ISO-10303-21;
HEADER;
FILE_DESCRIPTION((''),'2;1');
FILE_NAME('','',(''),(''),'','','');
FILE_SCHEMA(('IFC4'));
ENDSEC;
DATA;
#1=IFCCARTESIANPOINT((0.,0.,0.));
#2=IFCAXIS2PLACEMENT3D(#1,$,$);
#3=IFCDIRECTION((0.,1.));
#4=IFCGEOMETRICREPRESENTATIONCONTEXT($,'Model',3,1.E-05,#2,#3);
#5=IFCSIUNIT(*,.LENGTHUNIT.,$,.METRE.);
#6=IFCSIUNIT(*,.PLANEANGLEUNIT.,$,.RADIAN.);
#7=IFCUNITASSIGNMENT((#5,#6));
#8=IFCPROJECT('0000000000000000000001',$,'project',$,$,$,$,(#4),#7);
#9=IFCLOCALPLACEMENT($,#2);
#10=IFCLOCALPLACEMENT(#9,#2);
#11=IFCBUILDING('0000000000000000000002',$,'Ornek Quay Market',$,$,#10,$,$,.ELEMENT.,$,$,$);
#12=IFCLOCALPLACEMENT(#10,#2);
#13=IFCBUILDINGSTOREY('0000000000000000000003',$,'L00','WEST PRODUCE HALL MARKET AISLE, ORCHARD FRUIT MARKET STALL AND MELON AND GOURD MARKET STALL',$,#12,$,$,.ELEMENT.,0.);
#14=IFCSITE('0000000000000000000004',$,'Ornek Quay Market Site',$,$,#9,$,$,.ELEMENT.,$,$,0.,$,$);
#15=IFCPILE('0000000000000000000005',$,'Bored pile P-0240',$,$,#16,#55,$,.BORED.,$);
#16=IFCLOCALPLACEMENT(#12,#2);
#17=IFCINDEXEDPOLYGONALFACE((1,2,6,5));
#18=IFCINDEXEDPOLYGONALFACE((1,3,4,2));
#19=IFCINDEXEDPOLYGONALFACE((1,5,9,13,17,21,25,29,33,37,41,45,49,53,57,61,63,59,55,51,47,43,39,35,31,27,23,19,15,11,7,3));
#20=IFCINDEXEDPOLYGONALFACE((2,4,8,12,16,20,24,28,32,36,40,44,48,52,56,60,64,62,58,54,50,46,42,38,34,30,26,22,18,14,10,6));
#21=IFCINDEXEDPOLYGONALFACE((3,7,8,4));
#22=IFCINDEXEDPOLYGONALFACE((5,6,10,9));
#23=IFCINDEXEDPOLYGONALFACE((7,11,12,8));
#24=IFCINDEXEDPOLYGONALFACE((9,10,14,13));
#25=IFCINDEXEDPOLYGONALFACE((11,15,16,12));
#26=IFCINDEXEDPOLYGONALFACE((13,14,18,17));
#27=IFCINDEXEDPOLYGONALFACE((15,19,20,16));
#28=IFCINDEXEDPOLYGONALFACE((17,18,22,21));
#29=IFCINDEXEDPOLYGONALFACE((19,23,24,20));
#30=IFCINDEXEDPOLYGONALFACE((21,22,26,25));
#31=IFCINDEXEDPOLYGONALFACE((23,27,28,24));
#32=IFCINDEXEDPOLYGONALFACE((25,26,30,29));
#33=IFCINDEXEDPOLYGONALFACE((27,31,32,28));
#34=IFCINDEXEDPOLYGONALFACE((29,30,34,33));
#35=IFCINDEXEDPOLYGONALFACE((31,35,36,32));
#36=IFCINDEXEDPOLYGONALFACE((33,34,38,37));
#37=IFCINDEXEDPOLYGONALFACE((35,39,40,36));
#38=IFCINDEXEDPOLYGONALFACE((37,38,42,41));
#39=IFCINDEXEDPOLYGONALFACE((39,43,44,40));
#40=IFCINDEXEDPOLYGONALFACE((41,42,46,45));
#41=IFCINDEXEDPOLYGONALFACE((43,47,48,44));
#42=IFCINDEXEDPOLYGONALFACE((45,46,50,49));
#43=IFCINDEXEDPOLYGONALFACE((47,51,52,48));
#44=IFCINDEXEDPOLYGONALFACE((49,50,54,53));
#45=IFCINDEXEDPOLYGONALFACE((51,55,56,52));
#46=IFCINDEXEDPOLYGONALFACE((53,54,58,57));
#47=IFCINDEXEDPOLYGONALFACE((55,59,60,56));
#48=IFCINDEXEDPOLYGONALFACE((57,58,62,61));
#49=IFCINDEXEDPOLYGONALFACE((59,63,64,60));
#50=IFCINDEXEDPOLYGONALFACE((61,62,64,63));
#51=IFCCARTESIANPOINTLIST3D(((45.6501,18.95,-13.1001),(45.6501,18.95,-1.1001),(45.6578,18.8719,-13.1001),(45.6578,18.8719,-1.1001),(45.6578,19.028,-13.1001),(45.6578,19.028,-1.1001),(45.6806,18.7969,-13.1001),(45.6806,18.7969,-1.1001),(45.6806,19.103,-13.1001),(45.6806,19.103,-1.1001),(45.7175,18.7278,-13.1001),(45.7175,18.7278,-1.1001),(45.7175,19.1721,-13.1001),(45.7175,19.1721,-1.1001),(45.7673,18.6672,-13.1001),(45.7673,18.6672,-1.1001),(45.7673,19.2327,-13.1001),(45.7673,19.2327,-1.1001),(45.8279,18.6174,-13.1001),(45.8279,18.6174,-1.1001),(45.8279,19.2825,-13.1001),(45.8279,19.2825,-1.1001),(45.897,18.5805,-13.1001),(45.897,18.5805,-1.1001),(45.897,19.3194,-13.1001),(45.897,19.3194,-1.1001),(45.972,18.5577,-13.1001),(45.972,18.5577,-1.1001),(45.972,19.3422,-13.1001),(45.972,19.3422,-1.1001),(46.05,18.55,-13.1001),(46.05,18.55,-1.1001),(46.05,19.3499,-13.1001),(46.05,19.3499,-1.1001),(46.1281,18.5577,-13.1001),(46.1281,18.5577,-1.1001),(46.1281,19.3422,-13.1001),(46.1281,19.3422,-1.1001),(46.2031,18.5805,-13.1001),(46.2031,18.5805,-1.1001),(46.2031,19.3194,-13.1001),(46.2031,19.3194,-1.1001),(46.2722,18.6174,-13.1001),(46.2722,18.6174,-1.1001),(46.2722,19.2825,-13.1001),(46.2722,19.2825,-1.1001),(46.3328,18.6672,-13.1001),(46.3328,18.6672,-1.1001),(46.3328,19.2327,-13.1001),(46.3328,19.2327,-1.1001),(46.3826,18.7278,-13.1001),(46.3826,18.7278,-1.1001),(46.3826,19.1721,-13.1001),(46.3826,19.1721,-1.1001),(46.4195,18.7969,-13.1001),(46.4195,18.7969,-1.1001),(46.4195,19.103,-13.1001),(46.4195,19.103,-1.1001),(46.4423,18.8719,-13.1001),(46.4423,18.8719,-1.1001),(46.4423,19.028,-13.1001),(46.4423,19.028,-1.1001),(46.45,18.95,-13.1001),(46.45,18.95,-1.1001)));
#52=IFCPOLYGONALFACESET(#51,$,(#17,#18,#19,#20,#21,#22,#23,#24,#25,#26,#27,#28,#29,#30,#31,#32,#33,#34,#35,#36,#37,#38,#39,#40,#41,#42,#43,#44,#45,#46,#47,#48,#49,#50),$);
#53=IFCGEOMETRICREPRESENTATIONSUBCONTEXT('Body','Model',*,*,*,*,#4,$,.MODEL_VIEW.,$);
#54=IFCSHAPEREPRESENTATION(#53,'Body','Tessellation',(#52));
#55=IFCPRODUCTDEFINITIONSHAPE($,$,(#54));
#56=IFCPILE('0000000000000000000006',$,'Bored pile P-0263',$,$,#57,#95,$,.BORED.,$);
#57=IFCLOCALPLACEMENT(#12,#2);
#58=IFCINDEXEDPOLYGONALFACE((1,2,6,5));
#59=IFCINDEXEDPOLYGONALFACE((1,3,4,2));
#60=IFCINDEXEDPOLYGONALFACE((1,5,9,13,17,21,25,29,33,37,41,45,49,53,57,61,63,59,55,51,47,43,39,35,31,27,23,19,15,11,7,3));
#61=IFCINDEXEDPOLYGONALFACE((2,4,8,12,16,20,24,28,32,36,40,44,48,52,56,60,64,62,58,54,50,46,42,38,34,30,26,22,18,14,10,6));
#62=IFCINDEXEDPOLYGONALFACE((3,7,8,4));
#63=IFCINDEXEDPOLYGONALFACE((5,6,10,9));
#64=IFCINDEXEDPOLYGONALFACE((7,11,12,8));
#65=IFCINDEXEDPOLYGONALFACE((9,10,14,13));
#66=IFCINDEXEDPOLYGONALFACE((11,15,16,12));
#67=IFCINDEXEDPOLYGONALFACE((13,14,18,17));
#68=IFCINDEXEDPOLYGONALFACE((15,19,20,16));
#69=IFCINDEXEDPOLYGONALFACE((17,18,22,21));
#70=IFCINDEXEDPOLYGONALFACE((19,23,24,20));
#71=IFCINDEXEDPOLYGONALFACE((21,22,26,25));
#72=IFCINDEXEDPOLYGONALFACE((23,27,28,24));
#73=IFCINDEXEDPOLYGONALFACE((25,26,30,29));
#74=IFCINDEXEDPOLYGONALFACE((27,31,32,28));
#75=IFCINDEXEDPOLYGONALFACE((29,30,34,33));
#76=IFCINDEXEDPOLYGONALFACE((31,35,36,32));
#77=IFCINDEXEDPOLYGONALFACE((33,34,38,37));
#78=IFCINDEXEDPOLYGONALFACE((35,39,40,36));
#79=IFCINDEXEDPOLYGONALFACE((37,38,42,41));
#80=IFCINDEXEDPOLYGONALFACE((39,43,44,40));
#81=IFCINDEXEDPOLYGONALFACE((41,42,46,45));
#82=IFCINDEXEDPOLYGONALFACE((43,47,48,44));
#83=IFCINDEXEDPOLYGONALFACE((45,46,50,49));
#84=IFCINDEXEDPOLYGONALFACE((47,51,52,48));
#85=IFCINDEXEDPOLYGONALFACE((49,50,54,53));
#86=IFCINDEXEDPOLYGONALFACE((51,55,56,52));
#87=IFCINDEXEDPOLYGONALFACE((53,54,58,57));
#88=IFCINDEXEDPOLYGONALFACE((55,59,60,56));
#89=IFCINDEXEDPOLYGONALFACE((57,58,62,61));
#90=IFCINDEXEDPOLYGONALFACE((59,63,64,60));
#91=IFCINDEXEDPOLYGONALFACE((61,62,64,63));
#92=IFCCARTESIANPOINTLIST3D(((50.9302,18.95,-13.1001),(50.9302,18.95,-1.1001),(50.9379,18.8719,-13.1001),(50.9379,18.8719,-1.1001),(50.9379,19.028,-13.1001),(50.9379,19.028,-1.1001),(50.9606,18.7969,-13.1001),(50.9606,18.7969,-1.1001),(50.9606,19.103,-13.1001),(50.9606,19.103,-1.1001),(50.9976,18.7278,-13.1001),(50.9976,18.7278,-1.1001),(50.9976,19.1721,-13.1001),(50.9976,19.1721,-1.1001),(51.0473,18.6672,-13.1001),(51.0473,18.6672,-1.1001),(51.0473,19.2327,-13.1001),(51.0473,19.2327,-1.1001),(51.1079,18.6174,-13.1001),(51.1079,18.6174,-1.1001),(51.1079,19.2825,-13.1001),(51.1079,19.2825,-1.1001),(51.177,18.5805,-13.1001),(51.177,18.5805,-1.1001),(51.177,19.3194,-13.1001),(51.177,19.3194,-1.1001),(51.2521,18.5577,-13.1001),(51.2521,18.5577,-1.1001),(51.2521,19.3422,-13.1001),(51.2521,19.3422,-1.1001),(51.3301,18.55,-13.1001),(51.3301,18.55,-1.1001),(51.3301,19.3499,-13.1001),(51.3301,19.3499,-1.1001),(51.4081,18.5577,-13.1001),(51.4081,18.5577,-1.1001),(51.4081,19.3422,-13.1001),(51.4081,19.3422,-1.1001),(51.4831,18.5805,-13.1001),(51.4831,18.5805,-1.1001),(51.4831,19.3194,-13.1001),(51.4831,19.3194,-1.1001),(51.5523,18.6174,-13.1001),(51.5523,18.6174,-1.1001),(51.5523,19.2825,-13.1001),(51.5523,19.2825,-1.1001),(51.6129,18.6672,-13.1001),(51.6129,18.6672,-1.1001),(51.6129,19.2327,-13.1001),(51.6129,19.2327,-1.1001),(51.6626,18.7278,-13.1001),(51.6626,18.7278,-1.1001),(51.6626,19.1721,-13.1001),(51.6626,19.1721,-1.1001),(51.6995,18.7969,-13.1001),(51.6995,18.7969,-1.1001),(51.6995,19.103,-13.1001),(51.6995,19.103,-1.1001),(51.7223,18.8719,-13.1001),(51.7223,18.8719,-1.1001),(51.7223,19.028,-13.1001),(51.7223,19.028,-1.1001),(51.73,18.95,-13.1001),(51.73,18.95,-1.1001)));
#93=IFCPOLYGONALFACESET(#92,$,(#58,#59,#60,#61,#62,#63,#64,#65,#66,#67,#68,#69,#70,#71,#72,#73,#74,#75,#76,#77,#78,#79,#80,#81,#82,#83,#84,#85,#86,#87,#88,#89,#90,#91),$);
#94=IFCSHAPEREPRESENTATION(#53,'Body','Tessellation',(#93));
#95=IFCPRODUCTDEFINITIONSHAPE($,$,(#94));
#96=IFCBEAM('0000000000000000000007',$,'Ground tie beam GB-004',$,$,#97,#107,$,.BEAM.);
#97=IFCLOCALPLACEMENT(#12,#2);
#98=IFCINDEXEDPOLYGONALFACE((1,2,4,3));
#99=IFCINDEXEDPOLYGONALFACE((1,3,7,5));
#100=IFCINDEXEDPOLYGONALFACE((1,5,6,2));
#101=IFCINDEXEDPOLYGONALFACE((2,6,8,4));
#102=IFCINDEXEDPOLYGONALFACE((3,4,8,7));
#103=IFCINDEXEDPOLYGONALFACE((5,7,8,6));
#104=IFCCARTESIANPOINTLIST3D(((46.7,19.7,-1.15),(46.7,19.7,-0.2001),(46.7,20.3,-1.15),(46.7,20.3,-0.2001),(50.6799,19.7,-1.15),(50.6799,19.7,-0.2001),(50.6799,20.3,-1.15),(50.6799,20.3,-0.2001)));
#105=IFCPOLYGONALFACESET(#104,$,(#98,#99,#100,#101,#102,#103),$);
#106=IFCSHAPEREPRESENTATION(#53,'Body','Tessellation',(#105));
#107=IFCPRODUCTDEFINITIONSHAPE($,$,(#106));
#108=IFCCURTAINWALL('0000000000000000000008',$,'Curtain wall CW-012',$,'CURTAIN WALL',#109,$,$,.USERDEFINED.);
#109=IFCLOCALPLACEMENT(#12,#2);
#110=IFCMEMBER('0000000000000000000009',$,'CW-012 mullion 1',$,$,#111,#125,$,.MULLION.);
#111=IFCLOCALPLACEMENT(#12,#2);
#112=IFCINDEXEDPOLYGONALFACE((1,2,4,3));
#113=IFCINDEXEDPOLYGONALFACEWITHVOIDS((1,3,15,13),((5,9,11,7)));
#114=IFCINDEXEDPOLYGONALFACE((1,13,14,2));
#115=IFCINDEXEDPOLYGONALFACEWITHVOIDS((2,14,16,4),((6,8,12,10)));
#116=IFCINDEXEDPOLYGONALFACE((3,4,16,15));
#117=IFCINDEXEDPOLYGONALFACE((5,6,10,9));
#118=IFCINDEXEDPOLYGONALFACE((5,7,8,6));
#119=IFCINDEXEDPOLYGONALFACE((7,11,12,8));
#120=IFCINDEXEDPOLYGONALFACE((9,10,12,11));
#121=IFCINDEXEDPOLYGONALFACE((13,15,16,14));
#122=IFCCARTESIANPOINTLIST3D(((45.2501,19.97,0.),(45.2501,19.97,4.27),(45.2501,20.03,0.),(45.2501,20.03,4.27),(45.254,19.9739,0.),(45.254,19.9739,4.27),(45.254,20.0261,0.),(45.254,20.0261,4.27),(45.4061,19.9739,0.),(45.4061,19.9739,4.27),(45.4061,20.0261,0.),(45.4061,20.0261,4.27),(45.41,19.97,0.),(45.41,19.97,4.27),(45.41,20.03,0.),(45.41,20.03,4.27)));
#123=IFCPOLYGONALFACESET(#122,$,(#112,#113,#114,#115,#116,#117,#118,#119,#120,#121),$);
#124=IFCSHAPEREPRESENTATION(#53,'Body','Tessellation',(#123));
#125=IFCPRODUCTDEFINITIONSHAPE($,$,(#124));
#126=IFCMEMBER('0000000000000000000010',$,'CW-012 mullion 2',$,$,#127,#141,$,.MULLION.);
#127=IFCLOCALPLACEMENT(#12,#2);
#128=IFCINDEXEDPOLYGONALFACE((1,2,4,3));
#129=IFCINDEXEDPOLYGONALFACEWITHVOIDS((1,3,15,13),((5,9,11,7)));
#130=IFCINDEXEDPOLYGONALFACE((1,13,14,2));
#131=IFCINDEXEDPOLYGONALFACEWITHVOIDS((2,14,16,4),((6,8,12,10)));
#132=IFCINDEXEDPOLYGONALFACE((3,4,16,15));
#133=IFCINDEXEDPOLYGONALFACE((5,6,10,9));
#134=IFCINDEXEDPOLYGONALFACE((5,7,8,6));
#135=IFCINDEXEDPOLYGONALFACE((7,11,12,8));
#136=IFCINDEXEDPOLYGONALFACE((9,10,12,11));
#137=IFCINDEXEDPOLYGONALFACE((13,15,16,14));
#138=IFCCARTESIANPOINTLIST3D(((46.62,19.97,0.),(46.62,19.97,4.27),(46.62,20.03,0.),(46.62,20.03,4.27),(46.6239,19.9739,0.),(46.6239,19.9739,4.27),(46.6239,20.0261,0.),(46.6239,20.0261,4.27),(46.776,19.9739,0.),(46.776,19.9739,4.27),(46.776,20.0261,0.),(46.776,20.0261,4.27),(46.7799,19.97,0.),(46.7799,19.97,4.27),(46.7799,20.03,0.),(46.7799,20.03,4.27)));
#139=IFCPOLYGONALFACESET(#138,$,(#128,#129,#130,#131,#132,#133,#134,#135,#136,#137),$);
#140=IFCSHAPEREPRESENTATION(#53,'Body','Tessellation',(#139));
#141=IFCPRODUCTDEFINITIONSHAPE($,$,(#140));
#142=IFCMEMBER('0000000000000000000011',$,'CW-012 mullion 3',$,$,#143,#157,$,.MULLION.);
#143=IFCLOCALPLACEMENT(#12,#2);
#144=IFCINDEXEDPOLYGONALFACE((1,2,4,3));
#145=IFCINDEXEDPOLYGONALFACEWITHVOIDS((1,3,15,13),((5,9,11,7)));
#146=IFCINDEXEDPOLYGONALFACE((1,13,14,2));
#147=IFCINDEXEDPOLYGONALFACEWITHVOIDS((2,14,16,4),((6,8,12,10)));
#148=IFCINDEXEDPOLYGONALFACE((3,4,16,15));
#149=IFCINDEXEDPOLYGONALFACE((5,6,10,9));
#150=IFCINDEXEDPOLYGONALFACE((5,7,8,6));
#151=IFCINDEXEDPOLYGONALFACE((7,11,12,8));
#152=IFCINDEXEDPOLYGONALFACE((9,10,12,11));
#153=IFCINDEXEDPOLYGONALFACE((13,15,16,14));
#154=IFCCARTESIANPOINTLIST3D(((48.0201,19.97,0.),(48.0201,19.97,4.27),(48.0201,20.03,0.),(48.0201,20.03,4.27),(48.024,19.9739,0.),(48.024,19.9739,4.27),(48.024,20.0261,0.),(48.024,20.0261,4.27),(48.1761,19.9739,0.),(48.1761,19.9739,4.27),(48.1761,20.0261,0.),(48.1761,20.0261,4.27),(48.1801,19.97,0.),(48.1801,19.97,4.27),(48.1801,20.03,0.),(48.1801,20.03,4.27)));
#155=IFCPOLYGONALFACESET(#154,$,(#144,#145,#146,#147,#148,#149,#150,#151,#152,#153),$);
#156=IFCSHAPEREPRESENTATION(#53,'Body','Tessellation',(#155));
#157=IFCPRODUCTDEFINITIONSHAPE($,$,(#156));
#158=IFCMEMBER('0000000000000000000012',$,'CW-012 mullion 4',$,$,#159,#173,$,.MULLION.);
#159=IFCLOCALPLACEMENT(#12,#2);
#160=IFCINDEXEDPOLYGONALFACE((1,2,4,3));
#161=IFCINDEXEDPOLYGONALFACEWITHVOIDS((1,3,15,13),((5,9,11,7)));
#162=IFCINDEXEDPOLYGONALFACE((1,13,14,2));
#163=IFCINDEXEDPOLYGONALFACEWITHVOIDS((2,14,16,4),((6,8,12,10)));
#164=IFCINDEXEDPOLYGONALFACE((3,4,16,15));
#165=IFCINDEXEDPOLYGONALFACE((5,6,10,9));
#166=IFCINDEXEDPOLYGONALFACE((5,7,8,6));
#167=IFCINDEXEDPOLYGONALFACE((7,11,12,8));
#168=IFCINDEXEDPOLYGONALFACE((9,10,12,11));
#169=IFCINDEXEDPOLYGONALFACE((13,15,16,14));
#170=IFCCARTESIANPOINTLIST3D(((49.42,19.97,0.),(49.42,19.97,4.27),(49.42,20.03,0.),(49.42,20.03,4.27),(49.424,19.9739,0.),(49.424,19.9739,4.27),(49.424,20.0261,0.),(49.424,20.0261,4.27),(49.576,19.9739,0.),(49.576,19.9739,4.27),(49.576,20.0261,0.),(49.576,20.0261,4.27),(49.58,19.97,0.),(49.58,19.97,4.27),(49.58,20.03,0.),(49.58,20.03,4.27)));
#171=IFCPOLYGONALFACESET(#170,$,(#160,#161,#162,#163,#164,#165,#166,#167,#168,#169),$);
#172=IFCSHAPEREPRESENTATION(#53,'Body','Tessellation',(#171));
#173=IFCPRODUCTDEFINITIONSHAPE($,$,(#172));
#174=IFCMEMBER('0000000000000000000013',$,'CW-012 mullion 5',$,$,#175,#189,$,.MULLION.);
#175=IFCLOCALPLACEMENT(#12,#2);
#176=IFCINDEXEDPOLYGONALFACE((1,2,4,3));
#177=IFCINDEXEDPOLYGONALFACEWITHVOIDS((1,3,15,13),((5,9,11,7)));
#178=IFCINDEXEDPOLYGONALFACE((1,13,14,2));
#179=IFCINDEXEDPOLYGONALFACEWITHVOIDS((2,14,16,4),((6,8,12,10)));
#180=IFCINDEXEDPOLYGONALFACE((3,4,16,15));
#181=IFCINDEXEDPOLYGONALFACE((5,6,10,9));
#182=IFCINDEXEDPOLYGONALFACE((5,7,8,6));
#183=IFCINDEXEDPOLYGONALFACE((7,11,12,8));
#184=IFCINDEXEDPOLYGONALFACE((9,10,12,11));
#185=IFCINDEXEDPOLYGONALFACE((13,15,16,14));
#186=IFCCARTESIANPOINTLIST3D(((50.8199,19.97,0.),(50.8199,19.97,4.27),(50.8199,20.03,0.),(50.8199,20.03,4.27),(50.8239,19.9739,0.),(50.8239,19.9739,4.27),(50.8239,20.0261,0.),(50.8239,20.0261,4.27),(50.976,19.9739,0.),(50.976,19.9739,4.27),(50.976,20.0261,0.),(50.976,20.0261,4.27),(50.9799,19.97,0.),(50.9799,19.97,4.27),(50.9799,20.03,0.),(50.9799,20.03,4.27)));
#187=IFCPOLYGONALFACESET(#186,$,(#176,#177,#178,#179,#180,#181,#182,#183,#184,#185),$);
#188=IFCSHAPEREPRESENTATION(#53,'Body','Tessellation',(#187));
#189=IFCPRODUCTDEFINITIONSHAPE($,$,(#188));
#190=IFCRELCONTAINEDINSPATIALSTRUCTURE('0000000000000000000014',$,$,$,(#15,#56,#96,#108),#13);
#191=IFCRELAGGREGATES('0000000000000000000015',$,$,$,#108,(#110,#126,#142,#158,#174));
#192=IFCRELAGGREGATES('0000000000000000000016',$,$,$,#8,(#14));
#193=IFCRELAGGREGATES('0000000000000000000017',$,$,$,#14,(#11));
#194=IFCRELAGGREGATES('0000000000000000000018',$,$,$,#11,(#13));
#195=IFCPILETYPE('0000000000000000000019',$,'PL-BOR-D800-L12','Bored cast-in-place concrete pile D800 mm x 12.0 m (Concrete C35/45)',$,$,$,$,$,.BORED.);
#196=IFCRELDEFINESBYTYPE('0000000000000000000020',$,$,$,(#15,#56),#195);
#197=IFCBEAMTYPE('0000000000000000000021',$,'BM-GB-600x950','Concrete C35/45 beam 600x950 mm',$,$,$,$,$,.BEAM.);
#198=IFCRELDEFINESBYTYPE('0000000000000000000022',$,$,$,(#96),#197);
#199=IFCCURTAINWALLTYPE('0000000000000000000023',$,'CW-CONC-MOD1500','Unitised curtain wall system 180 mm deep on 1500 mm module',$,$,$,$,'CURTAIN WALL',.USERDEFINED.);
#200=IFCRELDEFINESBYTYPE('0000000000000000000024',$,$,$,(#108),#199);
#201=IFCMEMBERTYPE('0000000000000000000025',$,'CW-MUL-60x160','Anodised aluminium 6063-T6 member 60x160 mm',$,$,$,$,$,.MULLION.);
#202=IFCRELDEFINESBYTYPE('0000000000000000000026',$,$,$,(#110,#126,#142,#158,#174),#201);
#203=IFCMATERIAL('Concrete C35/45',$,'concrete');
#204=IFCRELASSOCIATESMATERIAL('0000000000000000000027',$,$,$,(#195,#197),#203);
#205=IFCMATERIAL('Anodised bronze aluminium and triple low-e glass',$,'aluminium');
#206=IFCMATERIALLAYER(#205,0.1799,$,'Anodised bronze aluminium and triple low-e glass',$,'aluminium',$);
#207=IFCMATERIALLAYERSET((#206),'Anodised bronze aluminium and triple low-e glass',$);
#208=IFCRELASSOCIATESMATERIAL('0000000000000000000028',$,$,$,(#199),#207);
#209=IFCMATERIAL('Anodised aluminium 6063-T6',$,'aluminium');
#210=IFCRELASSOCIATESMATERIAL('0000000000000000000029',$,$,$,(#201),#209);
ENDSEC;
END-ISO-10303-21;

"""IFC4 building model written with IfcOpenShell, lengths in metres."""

from ifc_helpers import new_model, si_unit, direction, frame, origin, origin_2d, place, context, subcontext, project, spatial, rectangle, hollow_rectangle, circle, extrude, material, layer, layer_set, material_profile, profile_set, type_object, element, aggregate, save


model = new_model("IFC4")

# Units and contexts
model_context = context("Model", 3, precision=1e-05, world=origin(), true_north=direction((0.0, 1.0)))
body_context = subcontext(model_context, "Body", "Model", "MODEL_VIEW")
ifc_project = project(units=[si_unit("LENGTHUNIT", "METRE"), si_unit("PLANEANGLEUNIT", "RADIAN")], contexts=[model_context])

# Site, building, storey
site_placement = place(None, origin())
site = spatial("IfcSite", under=ifc_project, at=site_placement, Name="Ornek Quay Market Site", CompositionType="ELEMENT", RefElevation=0.0)
building_placement = place(site_placement, origin())
building = spatial("IfcBuilding", under=site, at=building_placement, Name="Ornek Quay Market", CompositionType="ELEMENT")
storey_placement = place(building_placement, origin())
storey = spatial("IfcBuildingStorey", under=building, at=storey_placement, Name="L00", Description="WEST PRODUCE HALL MARKET AISLE, ORCHARD FRUIT MARKET STALL AND MELON AND GOURD MARKET STALL", CompositionType="ELEMENT", Elevation=0.0)

# Piles
ifc_material_1 = material(Name="Concrete C35/45", Category="concrete")
ifc_material_profile_1 = material_profile(ifc_material_1, circle(Radius=0.3999, at=origin_2d()), Name="PILE D800", Category="concrete")
ifc_profile_set_1 = profile_set([ifc_material_profile_1], Name="Concrete C35/45")
pile_type = type_object("IfcPileType", Name="PL-BOR-D800-L12", Description="Bored cast-in-place concrete pile D800 mm x 12.0 m (Concrete C35/45)", PredefinedType="BORED", material=ifc_profile_set_1)
for number, where, z_axis, x_axis, name in (
    (1, (46.05, 18.95, -1.1001), (0.0, 0.0, -1.0), (1.0, 0.0, 0.0), "Bored pile P-0240"),
    (2, (51.3301, 18.95, -1.1001), (0.0, 0.0, -1.0), (1.0, 0.0, 0.0), "Bored pile P-0263"),
):
    element("IfcPile", number, at=place(storey_placement, frame(where, z_axis=z_axis, x_axis=x_axis)), inside=storey, type_object=pile_type, Name=name, PredefinedType="BORED", context=body_context, shape_type="SweptSolid", body=[
        extrude(circle(Radius=0.3999, at=origin_2d()), origin(), (0.0, 0.0, 1.0), 12.0),
    ])

# Beam
ifc_material_profile_2 = material_profile(ifc_material_1, rectangle(XDim=0.6001, YDim=0.95, at=origin_2d()), Name="RC 600x950", Category="concrete")
ifc_profile_set_2 = profile_set([ifc_material_profile_2], Name="Concrete C35/45")
beam_type = type_object("IfcBeamType", Name="BM-GB-600x950", Description="Concrete C35/45 beam 600x950 mm", PredefinedType="BEAM", material=ifc_profile_set_2)
beam_placement = place(storey_placement, frame((46.7, 20.0, -0.675), z_axis=(1.0, 0.0, 0.0), x_axis=(0.0, 1.0, 0.0)))
element("IfcBeam", 3, at=beam_placement, inside=storey, type_object=beam_type, Name="Ground tie beam GB-004", PredefinedType="BEAM", context=body_context, shape_type="SweptSolid", body=[
    extrude(rectangle(XDim=0.6001, YDim=0.95, at=origin_2d()), origin(), (0.0, 0.0, 1.0), 3.98),
])

# Curtain wall, members
ifc_material_2 = material(Name="Anodised bronze aluminium and triple low-e glass", Category="aluminium")
ifc_layer_1 = layer(ifc_material_2, 0.1799, Name="Anodised bronze aluminium and triple low-e glass", Category="aluminium")
ifc_layer_set_1 = layer_set([ifc_layer_1], Name="Anodised bronze aluminium and triple low-e glass")
curtain_wall_type = type_object("IfcCurtainWallType", Name="CW-CONC-MOD1500", Description="Unitised curtain wall system 180 mm deep on 1500 mm module", ElementType="CURTAIN WALL", PredefinedType="USERDEFINED", material=ifc_layer_set_1)
curtain_wall_placement = place(storey_placement, origin())
curtain_wall = element("IfcCurtainWall", 4, at=curtain_wall_placement, inside=storey, type_object=curtain_wall_type, Name="Curtain wall CW-012", ObjectType="CURTAIN WALL", PredefinedType="USERDEFINED")
ifc_material_3 = material(Name="Anodised aluminium 6063-T6", Category="aluminium")
ifc_material_profile_3 = material_profile(ifc_material_3, hollow_rectangle(XDim=0.0601, YDim=0.1599, WallThickness=0.0039, at=origin_2d()), Name="CW-MUL-60x160", Category="aluminium")
ifc_profile_set_3 = profile_set([ifc_material_profile_3], Name="Anodised aluminium 6063-T6")
member_type_1 = type_object("IfcMemberType", Name="CW-MUL-60x160", Description="Anodised aluminium 6063-T6 member 60x160 mm", PredefinedType="MULLION", material=ifc_profile_set_3)
member_1_placement = place(storey_placement, frame((45.3301, 20.0, 0.0), z_axis=(0.0, 0.0, 1.0), x_axis=(0.0, 1.0, 0.0)))
member_1 = element("IfcMember", 5, at=member_1_placement, type_object=member_type_1, Name="CW-012 mullion 1", PredefinedType="MULLION", context=body_context, shape_type="SweptSolid", body=[
    extrude(hollow_rectangle(XDim=0.0601, YDim=0.1599, WallThickness=0.0039, at=origin_2d()), origin(), (0.0, 0.0, 1.0), 4.27),
])
member_2_placement = place(storey_placement, frame((46.7, 20.0, 0.0), z_axis=(0.0, 0.0, 1.0), x_axis=(0.0, 1.0, 0.0)))
member_2 = element("IfcMember", 6, at=member_2_placement, type_object=member_type_1, Name="CW-012 mullion 2", PredefinedType="MULLION", context=body_context, shape_type="SweptSolid", body=[
    extrude(hollow_rectangle(XDim=0.0601, YDim=0.1599, WallThickness=0.0039, at=origin_2d()), origin(), (0.0, 0.0, 1.0), 4.27),
])
member_3_placement = place(storey_placement, frame((48.1001, 20.0, 0.0), z_axis=(0.0, 0.0, 1.0), x_axis=(0.0, 1.0, 0.0)))
member_3 = element("IfcMember", 7, at=member_3_placement, type_object=member_type_1, Name="CW-012 mullion 3", PredefinedType="MULLION", context=body_context, shape_type="SweptSolid", body=[
    extrude(hollow_rectangle(XDim=0.0601, YDim=0.1599, WallThickness=0.0039, at=origin_2d()), origin(), (0.0, 0.0, 1.0), 4.27),
])
member_4_placement = place(storey_placement, frame((49.5, 20.0, 0.0), z_axis=(0.0, 0.0, 1.0), x_axis=(0.0, 1.0, 0.0)))
member_4 = element("IfcMember", 8, at=member_4_placement, type_object=member_type_1, Name="CW-012 mullion 4", PredefinedType="MULLION", context=body_context, shape_type="SweptSolid", body=[
    extrude(hollow_rectangle(XDim=0.0601, YDim=0.1599, WallThickness=0.0039, at=origin_2d()), origin(), (0.0, 0.0, 1.0), 4.27),
])
member_5_placement = place(storey_placement, frame((50.8999, 20.0, 0.0), z_axis=(0.0, 0.0, 1.0), x_axis=(0.0, 1.0, 0.0)))
member_5 = element("IfcMember", 9, at=member_5_placement, type_object=member_type_1, Name="CW-012 mullion 5", PredefinedType="MULLION", context=body_context, shape_type="SweptSolid", body=[
    extrude(hollow_rectangle(XDim=0.0601, YDim=0.1599, WallThickness=0.0039, at=origin_2d()), origin(), (0.0, 0.0, 1.0), 4.27),
])
aggregate(curtain_wall, [member_1, member_2, member_3, member_4, member_5])

save(model, "model.ifc")
